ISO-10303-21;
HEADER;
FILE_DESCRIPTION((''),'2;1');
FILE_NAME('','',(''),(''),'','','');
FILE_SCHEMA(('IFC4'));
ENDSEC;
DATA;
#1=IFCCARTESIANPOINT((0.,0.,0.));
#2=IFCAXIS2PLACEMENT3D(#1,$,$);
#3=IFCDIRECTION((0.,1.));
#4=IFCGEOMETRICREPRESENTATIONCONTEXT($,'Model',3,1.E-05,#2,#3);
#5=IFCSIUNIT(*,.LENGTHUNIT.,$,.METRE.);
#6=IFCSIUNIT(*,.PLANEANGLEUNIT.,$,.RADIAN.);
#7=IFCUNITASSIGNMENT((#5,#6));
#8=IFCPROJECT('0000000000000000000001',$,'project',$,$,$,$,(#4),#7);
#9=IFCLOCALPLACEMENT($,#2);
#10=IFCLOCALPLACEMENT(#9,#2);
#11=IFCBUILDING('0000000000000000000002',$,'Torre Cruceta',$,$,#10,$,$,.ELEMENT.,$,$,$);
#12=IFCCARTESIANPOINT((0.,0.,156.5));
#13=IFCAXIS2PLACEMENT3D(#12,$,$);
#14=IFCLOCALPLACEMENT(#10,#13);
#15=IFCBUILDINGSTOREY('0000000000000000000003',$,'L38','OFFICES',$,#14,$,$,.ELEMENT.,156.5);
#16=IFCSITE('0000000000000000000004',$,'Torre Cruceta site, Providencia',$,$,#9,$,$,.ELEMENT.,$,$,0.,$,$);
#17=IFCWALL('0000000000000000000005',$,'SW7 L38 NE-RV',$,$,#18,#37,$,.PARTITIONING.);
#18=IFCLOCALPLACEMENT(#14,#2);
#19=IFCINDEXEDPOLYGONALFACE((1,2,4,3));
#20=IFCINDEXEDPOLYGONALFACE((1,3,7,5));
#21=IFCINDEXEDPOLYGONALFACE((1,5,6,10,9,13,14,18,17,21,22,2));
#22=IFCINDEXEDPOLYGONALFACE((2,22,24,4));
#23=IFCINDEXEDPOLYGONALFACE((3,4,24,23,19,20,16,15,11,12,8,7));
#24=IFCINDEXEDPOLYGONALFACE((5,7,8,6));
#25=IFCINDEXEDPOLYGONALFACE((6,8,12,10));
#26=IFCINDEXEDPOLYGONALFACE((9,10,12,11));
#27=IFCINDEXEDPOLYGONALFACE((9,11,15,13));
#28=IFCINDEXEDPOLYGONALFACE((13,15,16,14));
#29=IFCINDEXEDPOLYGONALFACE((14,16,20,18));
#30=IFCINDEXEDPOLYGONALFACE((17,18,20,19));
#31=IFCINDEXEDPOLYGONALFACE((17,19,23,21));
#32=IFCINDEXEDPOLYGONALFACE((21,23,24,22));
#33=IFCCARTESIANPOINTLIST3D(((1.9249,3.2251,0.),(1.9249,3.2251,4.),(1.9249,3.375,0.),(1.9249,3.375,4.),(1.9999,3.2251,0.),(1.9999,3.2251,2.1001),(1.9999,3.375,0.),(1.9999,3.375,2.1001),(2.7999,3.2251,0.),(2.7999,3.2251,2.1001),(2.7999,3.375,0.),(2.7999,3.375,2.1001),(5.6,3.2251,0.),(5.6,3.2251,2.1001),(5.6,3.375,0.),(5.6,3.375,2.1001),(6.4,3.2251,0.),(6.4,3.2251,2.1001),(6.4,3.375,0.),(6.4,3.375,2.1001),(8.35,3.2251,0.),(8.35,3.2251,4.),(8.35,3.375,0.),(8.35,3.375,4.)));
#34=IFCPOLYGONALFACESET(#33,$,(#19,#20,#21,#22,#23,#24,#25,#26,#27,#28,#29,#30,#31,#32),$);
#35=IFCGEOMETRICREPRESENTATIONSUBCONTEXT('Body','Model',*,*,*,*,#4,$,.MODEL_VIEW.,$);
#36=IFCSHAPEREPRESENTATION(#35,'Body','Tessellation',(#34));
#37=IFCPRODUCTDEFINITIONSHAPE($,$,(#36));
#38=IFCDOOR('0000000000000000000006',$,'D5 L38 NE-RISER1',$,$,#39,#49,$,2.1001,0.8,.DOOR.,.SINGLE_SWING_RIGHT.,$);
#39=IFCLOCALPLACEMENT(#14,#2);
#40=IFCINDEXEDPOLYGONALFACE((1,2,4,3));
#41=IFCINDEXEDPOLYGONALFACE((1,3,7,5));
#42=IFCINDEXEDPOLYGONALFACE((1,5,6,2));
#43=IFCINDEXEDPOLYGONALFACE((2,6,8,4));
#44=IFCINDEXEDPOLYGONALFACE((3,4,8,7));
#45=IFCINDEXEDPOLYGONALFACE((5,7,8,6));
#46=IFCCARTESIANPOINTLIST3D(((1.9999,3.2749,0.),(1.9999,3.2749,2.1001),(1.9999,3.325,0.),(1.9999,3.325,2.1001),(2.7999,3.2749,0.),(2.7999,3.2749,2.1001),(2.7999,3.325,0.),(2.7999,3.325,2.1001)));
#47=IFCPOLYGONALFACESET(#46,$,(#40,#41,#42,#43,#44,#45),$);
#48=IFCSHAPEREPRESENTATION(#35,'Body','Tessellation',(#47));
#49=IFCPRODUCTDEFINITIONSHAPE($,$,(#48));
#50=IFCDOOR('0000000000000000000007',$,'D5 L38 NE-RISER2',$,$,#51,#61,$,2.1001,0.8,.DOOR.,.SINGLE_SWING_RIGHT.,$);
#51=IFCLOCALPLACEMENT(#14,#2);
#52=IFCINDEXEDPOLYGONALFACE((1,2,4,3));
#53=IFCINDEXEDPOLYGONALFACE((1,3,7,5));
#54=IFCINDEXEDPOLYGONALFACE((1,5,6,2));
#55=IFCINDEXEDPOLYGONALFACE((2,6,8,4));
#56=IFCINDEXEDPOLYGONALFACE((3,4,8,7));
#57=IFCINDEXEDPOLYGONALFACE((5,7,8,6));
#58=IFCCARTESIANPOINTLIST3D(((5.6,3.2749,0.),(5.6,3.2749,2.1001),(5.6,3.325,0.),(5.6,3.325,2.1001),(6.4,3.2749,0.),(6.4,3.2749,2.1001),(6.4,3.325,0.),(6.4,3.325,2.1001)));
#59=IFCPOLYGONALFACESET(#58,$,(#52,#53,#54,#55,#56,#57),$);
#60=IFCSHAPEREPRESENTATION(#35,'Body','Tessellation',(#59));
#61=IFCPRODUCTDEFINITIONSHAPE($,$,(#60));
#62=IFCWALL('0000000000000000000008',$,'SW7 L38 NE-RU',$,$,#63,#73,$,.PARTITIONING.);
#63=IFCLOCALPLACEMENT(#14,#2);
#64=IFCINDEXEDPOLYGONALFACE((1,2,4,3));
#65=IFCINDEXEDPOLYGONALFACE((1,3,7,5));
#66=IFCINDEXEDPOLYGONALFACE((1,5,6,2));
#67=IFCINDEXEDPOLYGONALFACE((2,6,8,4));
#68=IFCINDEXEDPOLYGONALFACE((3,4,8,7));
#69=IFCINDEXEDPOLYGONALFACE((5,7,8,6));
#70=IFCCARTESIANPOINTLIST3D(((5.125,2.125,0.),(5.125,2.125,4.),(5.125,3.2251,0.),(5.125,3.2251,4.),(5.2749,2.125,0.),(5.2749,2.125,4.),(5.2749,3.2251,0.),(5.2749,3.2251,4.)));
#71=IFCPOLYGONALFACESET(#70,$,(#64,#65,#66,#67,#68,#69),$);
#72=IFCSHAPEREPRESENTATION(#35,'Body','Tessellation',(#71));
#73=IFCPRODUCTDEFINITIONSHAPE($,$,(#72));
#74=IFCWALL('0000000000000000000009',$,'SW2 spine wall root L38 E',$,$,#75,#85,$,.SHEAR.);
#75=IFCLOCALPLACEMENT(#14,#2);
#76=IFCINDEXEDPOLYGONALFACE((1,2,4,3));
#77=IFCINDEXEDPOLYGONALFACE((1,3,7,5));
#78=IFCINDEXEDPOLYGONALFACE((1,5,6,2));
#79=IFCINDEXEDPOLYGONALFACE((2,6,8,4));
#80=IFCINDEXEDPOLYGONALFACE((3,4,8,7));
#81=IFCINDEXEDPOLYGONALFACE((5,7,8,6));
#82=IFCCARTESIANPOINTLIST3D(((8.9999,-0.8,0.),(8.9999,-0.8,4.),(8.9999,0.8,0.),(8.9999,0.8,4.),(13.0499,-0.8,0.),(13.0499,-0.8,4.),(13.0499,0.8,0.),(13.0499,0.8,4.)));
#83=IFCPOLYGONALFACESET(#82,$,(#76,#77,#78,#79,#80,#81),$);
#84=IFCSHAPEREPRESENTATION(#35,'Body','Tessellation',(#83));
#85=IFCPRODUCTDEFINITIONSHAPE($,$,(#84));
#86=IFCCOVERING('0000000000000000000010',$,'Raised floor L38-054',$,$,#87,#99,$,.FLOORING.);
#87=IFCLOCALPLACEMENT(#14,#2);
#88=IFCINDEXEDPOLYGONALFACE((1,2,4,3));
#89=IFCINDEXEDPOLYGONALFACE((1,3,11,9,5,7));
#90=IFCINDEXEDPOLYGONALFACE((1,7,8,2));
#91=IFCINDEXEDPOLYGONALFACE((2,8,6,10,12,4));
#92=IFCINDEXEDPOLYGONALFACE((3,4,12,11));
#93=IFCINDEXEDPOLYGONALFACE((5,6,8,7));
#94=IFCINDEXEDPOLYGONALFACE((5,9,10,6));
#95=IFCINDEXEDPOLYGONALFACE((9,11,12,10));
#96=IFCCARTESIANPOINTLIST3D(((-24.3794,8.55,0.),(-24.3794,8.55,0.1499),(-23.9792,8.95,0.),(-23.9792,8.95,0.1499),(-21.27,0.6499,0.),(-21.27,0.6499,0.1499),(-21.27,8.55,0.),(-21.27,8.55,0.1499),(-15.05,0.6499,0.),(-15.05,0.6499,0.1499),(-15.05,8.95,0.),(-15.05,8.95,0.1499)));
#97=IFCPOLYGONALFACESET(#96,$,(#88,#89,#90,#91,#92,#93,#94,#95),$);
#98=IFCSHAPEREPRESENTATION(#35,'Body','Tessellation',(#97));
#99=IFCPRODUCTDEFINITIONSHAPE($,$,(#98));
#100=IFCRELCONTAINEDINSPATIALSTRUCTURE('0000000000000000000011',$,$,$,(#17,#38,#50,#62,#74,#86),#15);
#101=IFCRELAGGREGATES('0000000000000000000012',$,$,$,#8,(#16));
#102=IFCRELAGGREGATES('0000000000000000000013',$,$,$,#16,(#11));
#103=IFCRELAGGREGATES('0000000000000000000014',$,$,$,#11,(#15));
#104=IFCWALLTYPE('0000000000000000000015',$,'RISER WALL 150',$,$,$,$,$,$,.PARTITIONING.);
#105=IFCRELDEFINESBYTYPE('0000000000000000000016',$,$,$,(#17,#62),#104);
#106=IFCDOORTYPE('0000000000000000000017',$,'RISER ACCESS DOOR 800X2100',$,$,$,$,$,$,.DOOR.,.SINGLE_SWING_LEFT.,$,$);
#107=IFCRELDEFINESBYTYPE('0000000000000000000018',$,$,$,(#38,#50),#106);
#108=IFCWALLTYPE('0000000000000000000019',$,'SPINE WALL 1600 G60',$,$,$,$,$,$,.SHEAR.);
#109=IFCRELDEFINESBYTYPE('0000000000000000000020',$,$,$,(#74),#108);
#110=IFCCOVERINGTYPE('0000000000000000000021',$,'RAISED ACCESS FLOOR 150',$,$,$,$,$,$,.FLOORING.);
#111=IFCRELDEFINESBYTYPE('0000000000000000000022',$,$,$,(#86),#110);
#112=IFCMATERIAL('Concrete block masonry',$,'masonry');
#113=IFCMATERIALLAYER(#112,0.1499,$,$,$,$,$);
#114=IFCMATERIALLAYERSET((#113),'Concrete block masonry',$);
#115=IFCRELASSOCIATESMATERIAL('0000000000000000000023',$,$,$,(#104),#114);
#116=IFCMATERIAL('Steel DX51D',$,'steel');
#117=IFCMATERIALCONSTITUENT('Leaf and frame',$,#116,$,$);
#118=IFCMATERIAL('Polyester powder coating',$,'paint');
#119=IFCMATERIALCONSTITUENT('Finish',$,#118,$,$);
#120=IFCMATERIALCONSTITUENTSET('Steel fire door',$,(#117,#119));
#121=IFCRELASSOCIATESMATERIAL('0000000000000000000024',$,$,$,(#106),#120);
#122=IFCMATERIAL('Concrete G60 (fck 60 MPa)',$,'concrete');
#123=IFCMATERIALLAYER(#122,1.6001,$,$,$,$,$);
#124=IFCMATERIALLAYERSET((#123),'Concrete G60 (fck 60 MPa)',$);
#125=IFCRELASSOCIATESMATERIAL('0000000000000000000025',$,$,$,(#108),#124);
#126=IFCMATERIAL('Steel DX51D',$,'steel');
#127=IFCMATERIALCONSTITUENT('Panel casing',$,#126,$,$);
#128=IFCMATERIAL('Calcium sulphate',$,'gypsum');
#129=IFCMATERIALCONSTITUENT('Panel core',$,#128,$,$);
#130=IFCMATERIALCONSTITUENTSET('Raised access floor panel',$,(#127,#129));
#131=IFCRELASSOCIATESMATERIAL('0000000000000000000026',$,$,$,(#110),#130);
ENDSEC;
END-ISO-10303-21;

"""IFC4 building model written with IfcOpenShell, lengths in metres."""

from ifc_helpers import new_model, si_unit, direction, frame, frame_2d, origin, place, context, subcontext, project, spatial, polyline, rectangle, outline, extrude, material, layer, layer_set, constituent, constituent_set, type_object, element, fill, save


model = new_model("IFC4")

# Units and contexts
model_context = context("Model", 3, precision=1e-05, world=origin(), true_north=direction((0.0, 1.0)))
body_context = subcontext(model_context, "Body", "Model", "MODEL_VIEW")
ifc_project = project(units=[si_unit("LENGTHUNIT", "METRE"), si_unit("PLANEANGLEUNIT", "RADIAN")], contexts=[model_context])

# Site, building, storey
site_placement = place(None, origin())
site = spatial("IfcSite", under=ifc_project, at=site_placement, Name="Torre Cruceta site, Providencia", CompositionType="ELEMENT", RefElevation=0.0)
building_placement = place(site_placement, origin())
building = spatial("IfcBuilding", under=site, at=building_placement, Name="Torre Cruceta", CompositionType="ELEMENT")
storey_placement = place(building_placement, frame((0.0, 0.0, 156.5)))
storey = spatial("IfcBuildingStorey", under=building, at=storey_placement, Name="L38", Description="OFFICES", CompositionType="ELEMENT", Elevation=156.5)

# Wall, openings, doors
ifc_material_1 = material(Name="Concrete block masonry", Category="masonry")
ifc_layer_1 = layer(ifc_material_1, 0.1499)
ifc_layer_set_1 = layer_set([ifc_layer_1], Name="Concrete block masonry")
wall_type_1 = type_object("IfcWallType", Name="RISER WALL 150", PredefinedType="PARTITIONING", material=ifc_layer_set_1)
wall_1_placement = place(storey_placement, frame((1.925, 3.3, 0.0), z_axis=(0.0, 0.0, 1.0), x_axis=(1.0, 0.0, 0.0)))
wall_1 = element("IfcWall", 1, at=wall_1_placement, inside=storey, type_object=wall_type_1, Name="SW7 L38 NE-RV", PredefinedType="PARTITIONING", context=body_context, shape_type="SweptSolid", body=[
    extrude(rectangle(XDim=6.425, YDim=0.1499, at=frame_2d((3.2124, 0.0))), origin(), (0.0, 0.0, 1.0), 4.0),
])
opening_1_placement = place(wall_1_placement, frame((0.075, 0.0, 0.0)))
opening_1 = element("IfcOpeningElement", 2, at=opening_1_placement, cuts=wall_1, PredefinedType="OPENING", context=body_context, shape_type="SweptSolid", body=[
    extrude(rectangle(XDim=0.8, YDim=2.1001, at=frame_2d((0.3999, 1.05))), frame((0.0, 0.085, 0.0), z_axis=(0.0, -1.0, 0.0), x_axis=(1.0, 0.0, 0.0)), (0.0, 0.0, 1.0), 0.1699),
])
opening_2_placement = place(wall_1_placement, frame((3.675, 0.0, 0.0)))
opening_2 = element("IfcOpeningElement", 3, at=opening_2_placement, cuts=wall_1, PredefinedType="OPENING", context=body_context, shape_type="SweptSolid", body=[
    extrude(rectangle(XDim=0.8, YDim=2.1001, at=frame_2d((0.3999, 1.05))), frame((0.0, 0.085, 0.0), z_axis=(0.0, -1.0, 0.0), x_axis=(1.0, 0.0, 0.0)), (0.0, 0.0, 1.0), 0.1699),
])
ifc_material_2 = material(Name="Steel DX51D", Category="steel")
ifc_constituent_1 = constituent(ifc_material_2, Name="Leaf and frame")
ifc_material_3 = material(Name="Polyester powder coating", Category="paint")
ifc_constituent_2 = constituent(ifc_material_3, Name="Finish")
ifc_constituent_set_1 = constituent_set(constituents=[ifc_constituent_1, ifc_constituent_2], Name="Steel fire door")
door_type_1 = type_object("IfcDoorType", Name="RISER ACCESS DOOR 800X2100", OperationType="SINGLE_SWING_LEFT", PredefinedType="DOOR", material=ifc_constituent_set_1)
door_1_placement = place(opening_1_placement, frame((0.8, 0.0, 0.0), z_axis=(0.0, 0.0, 1.0), x_axis=(-1.0, 0.0, 0.0)))
door_1 = element("IfcDoor", 4, at=door_1_placement, inside=storey, type_object=door_type_1, Name="D5 L38 NE-RISER1", OperationType="SINGLE_SWING_RIGHT", OverallHeight=2.1001, OverallWidth=0.8, PredefinedType="DOOR", context=body_context, shape_type="SweptSolid", body=[
    extrude(rectangle(XDim=0.8, YDim=2.1001, at=frame_2d((0.4001, 1.05))), frame((0.0, 0.0251, 0.0), z_axis=(0.0, -1.0, 0.0), x_axis=(1.0, 0.0, 0.0)), (0.0, 0.0, 1.0), 0.05),
])
fill(opening_1, door_1)
door_2_placement = place(opening_2_placement, frame((0.8, 0.0, 0.0), z_axis=(0.0, 0.0, 1.0), x_axis=(-1.0, 0.0, 0.0)))
door_2 = element("IfcDoor", 5, at=door_2_placement, inside=storey, type_object=door_type_1, Name="D5 L38 NE-RISER2", OperationType="SINGLE_SWING_RIGHT", OverallHeight=2.1001, OverallWidth=0.8, PredefinedType="DOOR", context=body_context, shape_type="SweptSolid", body=[
    extrude(rectangle(XDim=0.8, YDim=2.1001, at=frame_2d((0.4001, 1.05))), frame((0.0, 0.0251, 0.0), z_axis=(0.0, -1.0, 0.0), x_axis=(1.0, 0.0, 0.0)), (0.0, 0.0, 1.0), 0.05),
])
fill(opening_2, door_2)

# Walls
wall_2_placement = place(storey_placement, frame((5.2, 2.125, 0.0), z_axis=(0.0, 0.0, 1.0), x_axis=(0.0, 1.0, 0.0)))
element("IfcWall", 6, at=wall_2_placement, inside=storey, type_object=wall_type_1, Name="SW7 L38 NE-RU", PredefinedType="PARTITIONING", context=body_context, shape_type="SweptSolid", body=[
    extrude(rectangle(XDim=1.1001, YDim=0.1499, at=frame_2d((0.55, 0.0))), origin(), (0.0, 0.0, 1.0), 4.0),
])
ifc_material_4 = material(Name="Concrete G60 (fck 60 MPa)", Category="concrete")
ifc_layer_2 = layer(ifc_material_4, 1.6001)
ifc_layer_set_2 = layer_set([ifc_layer_2], Name="Concrete G60 (fck 60 MPa)")
wall_type_2 = type_object("IfcWallType", Name="SPINE WALL 1600 G60", PredefinedType="SHEAR", material=ifc_layer_set_2)
wall_3_placement = place(storey_placement, frame((9.0, 0.0, 0.0), z_axis=(0.0, 0.0, 1.0), x_axis=(1.0, 0.0, 0.0)))
element("IfcWall", 7, at=wall_3_placement, inside=storey, type_object=wall_type_2, Name="SW2 spine wall root L38 E", PredefinedType="SHEAR", context=body_context, shape_type="SweptSolid", body=[
    extrude(rectangle(XDim=4.05, YDim=1.6001, at=frame_2d((2.0249, 0.0))), origin(), (0.0, 0.0, 1.0), 4.0),
])

# Covering
ifc_material_5 = material(Name="Steel DX51D", Category="steel")
ifc_constituent_3 = constituent(ifc_material_5, Name="Panel casing")
ifc_material_6 = material(Name="Calcium sulphate", Category="gypsum")
ifc_constituent_4 = constituent(ifc_material_6, Name="Panel core")
ifc_constituent_set_2 = constituent_set(constituents=[ifc_constituent_3, ifc_constituent_4], Name="Raised access floor panel")
covering_type = type_object("IfcCoveringType", Name="RAISED ACCESS FLOOR 150", PredefinedType="FLOORING", material=ifc_constituent_set_2)
covering_placement = place(storey_placement, origin())
element("IfcCovering", 8, at=covering_placement, inside=storey, type_object=covering_type, Name="Raised floor L38-054", PredefinedType="FLOORING", context=body_context, shape_type="SweptSolid", body=[
    extrude(outline(polyline([(-15.05, 8.95), (-15.05, 0.6499), (-21.27, 0.6499), (-21.27, 8.55), (-24.3794, 8.55), (-23.9792, 8.95), (-15.05, 8.95)])), origin(), (0.0, 0.0, 1.0), 0.1499),
])

save(model, "model.ifc")
